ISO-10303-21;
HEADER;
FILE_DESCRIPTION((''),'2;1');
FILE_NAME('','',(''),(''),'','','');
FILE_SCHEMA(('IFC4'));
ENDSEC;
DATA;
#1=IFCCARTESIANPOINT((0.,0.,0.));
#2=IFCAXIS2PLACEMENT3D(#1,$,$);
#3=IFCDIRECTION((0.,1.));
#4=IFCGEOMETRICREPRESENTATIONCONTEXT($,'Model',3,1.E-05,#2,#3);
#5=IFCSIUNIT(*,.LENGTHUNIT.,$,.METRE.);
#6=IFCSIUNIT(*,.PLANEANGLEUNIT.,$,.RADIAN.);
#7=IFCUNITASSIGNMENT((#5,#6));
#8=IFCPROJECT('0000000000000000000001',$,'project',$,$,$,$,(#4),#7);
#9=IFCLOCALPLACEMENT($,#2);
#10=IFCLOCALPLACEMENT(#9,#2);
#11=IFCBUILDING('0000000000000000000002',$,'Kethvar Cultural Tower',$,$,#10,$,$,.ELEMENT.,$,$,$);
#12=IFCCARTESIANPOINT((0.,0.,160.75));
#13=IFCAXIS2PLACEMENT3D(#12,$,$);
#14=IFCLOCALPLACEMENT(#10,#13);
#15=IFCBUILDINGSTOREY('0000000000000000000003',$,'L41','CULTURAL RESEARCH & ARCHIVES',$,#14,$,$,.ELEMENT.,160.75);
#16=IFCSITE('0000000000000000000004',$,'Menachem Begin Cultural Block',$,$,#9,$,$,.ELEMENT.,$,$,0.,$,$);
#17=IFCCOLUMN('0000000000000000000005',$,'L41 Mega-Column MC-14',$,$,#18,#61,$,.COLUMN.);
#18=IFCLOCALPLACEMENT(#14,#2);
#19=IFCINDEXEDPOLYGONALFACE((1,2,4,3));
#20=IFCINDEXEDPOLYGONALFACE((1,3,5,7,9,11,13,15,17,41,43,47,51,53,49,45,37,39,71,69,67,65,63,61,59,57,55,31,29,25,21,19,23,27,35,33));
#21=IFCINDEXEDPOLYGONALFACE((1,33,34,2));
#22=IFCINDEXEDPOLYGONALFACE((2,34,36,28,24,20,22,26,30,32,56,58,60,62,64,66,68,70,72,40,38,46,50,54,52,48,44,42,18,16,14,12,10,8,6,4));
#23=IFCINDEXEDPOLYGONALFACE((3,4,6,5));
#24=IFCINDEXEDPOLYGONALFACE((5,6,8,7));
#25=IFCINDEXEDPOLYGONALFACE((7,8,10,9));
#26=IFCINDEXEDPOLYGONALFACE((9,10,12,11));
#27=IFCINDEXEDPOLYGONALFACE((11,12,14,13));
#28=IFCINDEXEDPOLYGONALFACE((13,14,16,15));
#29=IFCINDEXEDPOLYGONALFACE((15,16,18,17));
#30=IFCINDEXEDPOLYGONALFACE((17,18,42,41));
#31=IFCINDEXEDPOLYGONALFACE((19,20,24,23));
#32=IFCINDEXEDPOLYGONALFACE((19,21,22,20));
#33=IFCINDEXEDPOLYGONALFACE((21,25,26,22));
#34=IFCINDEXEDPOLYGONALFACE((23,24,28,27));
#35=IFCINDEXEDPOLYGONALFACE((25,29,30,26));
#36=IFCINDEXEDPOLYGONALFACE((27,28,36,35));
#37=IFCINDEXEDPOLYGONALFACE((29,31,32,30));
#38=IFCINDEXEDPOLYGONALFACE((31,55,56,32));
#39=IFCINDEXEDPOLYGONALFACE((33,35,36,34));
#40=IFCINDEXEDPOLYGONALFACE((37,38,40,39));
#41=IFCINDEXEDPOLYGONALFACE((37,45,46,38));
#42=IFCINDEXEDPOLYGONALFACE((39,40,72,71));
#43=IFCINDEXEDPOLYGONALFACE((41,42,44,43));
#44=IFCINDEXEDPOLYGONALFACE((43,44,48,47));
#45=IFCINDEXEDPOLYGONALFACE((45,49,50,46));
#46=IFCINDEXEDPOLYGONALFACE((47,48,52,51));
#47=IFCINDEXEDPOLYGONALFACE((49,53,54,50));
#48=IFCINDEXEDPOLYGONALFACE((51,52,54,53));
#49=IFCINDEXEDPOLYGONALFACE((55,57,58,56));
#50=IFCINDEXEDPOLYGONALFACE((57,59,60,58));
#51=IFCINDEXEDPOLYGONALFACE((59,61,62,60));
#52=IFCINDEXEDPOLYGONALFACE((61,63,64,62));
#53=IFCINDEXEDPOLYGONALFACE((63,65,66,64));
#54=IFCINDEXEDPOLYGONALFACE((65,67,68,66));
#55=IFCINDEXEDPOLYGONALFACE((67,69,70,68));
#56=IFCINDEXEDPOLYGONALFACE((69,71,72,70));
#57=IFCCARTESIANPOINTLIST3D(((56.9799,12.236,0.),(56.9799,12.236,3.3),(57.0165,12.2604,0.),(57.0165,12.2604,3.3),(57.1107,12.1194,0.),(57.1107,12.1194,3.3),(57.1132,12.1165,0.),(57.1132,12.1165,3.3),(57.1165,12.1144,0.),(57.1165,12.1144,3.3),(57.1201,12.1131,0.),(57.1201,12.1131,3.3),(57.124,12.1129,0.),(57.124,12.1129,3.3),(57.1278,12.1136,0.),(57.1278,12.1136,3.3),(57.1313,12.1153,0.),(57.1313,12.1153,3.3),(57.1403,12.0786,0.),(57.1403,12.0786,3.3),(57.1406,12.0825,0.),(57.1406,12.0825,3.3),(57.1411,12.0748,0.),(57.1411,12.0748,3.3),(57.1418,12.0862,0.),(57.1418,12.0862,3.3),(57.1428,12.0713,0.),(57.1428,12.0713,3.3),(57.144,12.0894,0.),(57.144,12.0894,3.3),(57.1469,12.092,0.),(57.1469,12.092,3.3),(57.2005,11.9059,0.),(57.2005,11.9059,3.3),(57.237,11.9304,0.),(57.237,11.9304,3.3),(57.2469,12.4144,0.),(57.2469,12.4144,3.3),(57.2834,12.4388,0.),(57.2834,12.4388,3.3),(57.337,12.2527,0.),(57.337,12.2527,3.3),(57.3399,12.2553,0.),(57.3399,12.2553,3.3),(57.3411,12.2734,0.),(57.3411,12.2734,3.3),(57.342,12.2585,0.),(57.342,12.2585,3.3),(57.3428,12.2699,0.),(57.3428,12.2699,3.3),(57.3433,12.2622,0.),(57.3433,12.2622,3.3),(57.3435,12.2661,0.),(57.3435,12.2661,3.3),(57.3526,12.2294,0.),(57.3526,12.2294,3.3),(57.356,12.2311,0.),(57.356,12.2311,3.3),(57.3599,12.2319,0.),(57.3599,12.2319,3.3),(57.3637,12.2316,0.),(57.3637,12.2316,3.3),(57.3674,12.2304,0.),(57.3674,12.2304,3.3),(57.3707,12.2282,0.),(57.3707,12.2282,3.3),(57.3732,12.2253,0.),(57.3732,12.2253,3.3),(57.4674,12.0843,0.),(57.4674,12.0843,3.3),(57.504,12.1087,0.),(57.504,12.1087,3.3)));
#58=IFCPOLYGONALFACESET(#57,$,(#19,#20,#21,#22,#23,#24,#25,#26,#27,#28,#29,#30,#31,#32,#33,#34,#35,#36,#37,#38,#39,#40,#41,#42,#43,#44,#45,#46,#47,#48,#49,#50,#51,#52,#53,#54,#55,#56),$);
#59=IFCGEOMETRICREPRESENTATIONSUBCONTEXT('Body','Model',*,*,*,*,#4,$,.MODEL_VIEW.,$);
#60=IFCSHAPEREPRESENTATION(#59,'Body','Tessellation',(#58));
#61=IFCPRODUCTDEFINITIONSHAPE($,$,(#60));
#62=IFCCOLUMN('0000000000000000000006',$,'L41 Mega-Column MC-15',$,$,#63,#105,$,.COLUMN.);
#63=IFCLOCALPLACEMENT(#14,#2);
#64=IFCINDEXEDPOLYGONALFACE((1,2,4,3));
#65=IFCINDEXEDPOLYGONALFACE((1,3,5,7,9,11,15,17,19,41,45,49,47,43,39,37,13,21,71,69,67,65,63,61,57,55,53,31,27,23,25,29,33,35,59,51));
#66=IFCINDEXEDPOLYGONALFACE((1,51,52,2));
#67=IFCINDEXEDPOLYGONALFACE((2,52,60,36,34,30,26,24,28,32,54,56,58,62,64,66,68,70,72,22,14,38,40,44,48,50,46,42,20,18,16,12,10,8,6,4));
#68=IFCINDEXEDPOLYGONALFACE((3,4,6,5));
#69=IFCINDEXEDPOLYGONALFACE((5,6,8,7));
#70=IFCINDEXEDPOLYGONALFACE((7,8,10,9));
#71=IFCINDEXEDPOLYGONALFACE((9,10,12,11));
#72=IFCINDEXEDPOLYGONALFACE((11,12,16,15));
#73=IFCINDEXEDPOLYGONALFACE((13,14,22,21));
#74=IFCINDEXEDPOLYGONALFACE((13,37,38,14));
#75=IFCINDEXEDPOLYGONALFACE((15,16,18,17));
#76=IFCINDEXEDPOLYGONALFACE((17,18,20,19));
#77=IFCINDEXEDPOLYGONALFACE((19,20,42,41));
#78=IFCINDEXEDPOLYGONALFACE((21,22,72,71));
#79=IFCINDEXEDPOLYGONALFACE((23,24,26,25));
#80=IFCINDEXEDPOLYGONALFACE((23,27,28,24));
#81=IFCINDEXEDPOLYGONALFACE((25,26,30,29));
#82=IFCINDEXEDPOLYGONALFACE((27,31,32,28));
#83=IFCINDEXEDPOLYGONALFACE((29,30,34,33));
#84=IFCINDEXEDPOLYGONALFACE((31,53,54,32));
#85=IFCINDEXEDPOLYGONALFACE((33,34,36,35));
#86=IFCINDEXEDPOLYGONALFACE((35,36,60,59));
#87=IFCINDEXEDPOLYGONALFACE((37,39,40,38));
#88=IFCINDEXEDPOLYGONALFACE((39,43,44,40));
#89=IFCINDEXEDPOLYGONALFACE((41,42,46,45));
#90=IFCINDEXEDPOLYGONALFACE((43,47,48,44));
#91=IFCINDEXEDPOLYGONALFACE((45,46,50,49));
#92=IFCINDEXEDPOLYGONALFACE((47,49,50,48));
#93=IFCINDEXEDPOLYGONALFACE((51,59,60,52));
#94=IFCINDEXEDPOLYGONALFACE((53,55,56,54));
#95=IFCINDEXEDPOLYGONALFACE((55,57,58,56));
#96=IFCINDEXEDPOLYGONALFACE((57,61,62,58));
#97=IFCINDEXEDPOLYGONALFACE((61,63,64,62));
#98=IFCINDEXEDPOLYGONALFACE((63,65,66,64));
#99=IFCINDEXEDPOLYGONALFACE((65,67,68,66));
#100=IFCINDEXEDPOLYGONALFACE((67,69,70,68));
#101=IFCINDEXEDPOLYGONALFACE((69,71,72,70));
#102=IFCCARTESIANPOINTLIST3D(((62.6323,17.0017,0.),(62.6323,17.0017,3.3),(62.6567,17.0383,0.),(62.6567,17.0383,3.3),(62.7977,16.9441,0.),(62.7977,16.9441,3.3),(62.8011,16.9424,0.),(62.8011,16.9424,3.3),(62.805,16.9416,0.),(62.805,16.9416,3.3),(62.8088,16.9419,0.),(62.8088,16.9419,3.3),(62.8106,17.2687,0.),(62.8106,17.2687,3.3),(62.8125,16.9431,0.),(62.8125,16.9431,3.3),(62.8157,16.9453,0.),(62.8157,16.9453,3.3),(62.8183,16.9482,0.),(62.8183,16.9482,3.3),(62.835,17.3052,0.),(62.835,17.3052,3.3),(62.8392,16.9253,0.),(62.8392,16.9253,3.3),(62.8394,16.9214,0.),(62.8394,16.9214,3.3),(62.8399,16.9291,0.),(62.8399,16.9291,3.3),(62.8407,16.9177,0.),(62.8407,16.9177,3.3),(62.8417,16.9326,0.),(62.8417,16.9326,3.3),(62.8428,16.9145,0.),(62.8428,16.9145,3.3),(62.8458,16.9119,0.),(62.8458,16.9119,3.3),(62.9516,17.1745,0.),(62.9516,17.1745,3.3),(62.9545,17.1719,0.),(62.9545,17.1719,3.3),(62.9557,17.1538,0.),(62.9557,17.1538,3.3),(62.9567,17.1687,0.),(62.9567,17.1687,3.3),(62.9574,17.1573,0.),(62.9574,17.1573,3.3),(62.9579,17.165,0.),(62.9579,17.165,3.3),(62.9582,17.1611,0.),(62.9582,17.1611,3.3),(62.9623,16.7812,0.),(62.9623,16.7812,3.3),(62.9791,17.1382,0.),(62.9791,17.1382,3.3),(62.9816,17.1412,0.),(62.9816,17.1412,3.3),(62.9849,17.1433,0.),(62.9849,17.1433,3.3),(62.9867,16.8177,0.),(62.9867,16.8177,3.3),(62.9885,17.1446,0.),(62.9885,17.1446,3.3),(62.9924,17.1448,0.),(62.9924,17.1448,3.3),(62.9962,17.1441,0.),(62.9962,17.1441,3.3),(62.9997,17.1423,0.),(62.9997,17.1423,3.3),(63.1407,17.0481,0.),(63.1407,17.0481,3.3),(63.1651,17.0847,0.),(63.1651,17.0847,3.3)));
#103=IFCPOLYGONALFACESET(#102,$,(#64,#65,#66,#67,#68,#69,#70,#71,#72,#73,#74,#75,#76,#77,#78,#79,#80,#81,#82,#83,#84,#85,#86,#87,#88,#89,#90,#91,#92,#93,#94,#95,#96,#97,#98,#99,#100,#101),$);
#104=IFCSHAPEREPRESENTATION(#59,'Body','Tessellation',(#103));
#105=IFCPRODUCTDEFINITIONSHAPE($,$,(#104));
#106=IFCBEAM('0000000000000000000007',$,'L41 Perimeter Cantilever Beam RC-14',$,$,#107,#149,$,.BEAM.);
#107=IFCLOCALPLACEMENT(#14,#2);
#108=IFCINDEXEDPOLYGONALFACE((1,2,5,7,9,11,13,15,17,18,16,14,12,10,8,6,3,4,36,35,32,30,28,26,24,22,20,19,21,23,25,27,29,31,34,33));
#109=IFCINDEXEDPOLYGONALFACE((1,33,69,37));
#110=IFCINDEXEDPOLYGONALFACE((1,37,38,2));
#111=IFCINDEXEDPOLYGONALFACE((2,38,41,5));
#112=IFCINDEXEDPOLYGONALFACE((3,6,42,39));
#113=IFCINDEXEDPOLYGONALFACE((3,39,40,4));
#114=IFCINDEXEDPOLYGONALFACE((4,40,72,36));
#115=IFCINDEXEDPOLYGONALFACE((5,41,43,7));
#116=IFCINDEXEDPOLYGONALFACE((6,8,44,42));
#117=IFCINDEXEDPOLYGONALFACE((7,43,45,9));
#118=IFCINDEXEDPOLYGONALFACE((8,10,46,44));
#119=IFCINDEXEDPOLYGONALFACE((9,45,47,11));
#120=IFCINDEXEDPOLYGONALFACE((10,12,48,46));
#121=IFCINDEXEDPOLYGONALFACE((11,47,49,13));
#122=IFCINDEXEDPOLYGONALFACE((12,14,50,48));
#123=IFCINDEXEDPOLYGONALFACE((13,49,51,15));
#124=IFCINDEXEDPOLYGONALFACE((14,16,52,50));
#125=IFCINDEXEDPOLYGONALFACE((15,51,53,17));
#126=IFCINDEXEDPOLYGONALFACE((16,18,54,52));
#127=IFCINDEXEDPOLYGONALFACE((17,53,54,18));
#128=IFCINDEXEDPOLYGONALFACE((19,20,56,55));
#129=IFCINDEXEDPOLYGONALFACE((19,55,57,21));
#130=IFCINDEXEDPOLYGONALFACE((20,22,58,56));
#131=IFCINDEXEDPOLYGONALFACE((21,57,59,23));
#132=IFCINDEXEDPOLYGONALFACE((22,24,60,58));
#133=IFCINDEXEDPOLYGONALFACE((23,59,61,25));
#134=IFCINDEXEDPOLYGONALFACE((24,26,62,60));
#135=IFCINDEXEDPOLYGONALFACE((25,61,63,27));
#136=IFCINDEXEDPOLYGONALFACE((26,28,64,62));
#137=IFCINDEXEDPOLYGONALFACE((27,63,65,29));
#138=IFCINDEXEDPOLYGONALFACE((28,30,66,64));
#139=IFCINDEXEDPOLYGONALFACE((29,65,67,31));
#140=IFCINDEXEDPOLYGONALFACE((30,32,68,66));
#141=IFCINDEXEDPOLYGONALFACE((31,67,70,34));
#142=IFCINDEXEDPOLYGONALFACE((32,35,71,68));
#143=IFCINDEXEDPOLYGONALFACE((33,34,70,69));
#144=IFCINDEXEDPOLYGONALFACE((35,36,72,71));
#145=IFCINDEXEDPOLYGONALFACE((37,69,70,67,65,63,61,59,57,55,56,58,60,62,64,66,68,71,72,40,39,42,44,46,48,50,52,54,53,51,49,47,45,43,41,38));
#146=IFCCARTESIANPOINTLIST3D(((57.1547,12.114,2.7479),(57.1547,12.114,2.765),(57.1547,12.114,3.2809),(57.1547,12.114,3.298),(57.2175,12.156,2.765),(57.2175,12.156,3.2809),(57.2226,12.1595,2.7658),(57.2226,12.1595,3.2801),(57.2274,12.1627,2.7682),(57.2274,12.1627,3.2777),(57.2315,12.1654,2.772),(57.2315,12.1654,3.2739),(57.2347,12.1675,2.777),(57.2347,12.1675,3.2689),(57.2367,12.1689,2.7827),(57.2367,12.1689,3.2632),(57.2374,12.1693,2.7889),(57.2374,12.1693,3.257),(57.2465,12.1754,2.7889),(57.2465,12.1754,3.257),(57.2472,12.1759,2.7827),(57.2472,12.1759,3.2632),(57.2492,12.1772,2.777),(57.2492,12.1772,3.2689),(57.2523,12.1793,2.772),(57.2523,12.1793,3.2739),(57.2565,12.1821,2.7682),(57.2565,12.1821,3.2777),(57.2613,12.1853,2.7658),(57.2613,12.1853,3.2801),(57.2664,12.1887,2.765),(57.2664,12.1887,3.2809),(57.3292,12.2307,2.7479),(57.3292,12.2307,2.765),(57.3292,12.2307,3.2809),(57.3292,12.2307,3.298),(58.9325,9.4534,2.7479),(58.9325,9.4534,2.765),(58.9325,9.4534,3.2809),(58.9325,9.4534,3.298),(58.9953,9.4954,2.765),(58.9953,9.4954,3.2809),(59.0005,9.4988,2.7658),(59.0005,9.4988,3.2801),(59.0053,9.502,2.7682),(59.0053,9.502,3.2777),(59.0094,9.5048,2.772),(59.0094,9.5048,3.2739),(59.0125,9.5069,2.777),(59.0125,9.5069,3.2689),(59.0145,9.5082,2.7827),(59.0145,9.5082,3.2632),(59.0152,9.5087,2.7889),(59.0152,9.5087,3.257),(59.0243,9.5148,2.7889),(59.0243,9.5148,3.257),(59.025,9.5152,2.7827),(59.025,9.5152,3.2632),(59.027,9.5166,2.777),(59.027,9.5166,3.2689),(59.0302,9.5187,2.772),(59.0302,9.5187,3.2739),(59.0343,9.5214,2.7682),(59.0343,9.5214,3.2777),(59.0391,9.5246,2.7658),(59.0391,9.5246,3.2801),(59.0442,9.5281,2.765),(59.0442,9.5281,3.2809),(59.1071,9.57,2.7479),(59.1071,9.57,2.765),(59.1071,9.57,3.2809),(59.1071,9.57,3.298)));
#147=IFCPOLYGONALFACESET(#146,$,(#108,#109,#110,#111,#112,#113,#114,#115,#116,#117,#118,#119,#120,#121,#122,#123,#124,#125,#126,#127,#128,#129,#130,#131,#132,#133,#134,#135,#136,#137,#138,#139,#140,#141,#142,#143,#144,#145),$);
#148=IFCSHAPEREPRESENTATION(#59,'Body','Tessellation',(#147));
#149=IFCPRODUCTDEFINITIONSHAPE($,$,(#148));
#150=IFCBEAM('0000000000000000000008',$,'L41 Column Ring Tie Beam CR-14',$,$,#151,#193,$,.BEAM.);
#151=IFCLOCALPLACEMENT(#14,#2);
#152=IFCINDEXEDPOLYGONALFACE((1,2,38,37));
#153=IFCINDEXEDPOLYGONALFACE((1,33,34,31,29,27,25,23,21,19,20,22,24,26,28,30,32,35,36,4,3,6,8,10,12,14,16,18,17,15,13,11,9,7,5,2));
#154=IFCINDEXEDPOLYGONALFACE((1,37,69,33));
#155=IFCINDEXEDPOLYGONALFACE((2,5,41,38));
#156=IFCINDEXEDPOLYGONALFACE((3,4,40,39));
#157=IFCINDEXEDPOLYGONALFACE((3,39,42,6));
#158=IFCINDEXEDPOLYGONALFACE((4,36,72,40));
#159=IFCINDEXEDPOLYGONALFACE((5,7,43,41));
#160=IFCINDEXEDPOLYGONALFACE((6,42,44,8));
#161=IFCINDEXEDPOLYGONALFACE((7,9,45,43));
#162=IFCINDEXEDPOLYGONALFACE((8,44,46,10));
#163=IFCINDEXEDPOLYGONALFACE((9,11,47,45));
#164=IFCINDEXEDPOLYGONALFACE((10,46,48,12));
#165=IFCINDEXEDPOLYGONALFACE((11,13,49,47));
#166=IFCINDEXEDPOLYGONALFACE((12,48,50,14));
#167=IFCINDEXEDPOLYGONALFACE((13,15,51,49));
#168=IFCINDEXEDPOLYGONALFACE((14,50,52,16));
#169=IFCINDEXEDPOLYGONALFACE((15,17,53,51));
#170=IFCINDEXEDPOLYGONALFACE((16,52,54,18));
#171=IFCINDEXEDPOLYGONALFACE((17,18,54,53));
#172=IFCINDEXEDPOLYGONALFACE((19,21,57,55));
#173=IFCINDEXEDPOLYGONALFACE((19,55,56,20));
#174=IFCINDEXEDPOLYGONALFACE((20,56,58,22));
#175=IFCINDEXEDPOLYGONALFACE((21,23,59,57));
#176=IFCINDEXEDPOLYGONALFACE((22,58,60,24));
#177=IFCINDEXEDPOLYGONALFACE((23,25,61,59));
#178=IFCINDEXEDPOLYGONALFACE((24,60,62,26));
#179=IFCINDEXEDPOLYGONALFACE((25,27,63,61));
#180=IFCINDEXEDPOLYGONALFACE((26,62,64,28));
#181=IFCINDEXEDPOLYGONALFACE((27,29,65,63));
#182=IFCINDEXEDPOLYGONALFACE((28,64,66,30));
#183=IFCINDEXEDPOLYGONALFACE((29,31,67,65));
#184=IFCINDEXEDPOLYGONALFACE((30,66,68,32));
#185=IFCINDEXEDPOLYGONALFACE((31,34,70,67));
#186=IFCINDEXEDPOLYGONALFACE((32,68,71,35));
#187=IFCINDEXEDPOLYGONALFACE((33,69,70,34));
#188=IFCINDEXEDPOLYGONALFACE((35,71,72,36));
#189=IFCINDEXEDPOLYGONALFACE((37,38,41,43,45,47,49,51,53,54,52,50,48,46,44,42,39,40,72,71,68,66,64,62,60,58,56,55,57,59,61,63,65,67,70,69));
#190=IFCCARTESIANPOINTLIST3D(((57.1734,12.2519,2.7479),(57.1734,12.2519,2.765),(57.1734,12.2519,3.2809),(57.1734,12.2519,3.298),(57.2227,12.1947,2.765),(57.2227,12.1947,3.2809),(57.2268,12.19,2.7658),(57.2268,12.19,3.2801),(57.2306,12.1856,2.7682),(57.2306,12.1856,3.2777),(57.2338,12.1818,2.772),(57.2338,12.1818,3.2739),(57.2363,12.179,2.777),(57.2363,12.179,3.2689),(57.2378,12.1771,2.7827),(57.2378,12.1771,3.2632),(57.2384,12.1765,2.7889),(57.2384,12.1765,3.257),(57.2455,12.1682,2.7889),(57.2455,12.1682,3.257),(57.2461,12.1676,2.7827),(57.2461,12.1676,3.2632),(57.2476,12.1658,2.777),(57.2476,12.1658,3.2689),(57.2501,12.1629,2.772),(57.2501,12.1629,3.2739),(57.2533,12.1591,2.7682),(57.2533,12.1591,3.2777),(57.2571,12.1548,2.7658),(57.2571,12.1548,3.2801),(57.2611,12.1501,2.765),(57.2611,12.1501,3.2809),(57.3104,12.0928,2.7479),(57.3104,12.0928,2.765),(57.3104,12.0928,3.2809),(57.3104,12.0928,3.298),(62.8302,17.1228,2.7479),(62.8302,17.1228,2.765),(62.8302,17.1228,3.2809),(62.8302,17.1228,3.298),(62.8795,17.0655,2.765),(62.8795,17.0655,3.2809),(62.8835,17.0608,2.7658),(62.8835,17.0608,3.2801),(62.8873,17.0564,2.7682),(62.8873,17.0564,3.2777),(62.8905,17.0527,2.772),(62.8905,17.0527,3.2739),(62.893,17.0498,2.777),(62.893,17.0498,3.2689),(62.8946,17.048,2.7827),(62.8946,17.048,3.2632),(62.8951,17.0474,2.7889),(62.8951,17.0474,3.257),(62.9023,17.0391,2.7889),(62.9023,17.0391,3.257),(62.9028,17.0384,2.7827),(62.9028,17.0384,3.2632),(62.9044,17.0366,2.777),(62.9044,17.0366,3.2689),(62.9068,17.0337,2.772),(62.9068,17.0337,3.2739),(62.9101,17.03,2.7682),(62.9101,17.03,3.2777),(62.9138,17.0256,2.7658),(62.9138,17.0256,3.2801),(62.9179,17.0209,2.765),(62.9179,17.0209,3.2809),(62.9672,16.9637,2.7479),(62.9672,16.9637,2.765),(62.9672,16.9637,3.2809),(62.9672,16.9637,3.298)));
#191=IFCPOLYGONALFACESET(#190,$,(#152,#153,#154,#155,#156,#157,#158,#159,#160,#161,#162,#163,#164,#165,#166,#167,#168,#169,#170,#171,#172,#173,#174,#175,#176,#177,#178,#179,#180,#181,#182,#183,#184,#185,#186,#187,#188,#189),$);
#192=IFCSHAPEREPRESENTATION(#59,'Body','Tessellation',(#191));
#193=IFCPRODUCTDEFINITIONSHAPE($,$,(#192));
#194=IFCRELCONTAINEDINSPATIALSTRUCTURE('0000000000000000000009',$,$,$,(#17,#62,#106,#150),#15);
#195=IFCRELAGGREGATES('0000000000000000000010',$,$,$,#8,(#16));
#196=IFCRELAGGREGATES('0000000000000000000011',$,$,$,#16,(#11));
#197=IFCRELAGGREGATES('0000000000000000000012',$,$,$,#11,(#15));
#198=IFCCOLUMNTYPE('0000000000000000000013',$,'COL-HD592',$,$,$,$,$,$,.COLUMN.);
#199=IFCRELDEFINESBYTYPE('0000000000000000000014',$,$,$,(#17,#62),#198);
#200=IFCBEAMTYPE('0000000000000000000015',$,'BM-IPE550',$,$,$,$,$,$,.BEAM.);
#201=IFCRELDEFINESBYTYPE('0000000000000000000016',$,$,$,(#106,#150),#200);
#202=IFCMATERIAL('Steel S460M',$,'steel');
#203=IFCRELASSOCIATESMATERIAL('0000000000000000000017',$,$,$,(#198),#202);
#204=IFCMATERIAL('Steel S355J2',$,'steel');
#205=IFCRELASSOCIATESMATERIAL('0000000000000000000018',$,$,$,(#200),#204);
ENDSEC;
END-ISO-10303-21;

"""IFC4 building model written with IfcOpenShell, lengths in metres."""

from ifc_helpers import new_model, si_unit, direction, frame, origin, origin_2d, place, context, subcontext, project, spatial, i_section, extrude, source, transform, mapped, material, material_profile, profile_set, type_object, element, save


model = new_model("IFC4")

# Units and contexts
model_context = context("Model", 3, precision=1e-05, world=origin(), true_north=direction((0.0, 1.0)))
body_context = subcontext(model_context, "Body", "Model", "MODEL_VIEW")
ifc_project = project(units=[si_unit("LENGTHUNIT", "METRE"), si_unit("PLANEANGLEUNIT", "RADIAN")], contexts=[model_context])

# Site, building, storey
site_placement = place(None, origin())
site = spatial("IfcSite", under=ifc_project, at=site_placement, Name="Menachem Begin Cultural Block", CompositionType="ELEMENT", RefElevation=0.0)
building_placement = place(site_placement, origin())
building = spatial("IfcBuilding", under=site, at=building_placement, Name="Kethvar Cultural Tower", CompositionType="ELEMENT")
storey_placement = place(building_placement, frame((0.0, 0.0, 160.75)))
storey = spatial("IfcBuildingStorey", under=building, at=storey_placement, Name="L41", Description="CULTURAL RESEARCH & ARCHIVES", CompositionType="ELEMENT", Elevation=160.75)

# Columns
ifc_material_1 = material(Name="Steel S460M", Category="steel")
ifc_material_profile_1 = material_profile(ifc_material_1, i_section(OverallWidth=0.397, OverallDepth=0.365, WebThickness=0.0281, FlangeThickness=0.0439, FilletRadius=0.0149, at=origin_2d()), Name="Steel S460M — HD400x592")
ifc_profile_set_1 = profile_set([ifc_material_profile_1], Name="Steel S460M — HD400x592")
column_type = type_object("IfcColumnType", Name="COL-HD592", PredefinedType="COLUMN", material=ifc_profile_set_1)
shared_shape_1 = source(origin(), body_context, "Body", "SweptSolid", [
    extrude(i_section(OverallWidth=0.397, OverallDepth=0.365, WebThickness=0.0281, FlangeThickness=0.0439, FilletRadius=0.0149, at=origin_2d()), origin(), (0.0, 0.0, 1.0), 3.3),
])
for number, where, z_axis, x_axis, name in (
    (1, (57.2419, 12.1724, 0.0), (0.0, 0.0, 1.0), (0.55557, -0.83147, 0.0), "L41 Mega-Column MC-14"),
    (2, (62.8987, 17.0432, 0.0), (0.0, 0.0, 1.0), (0.83147, -0.55557, 0.0), "L41 Mega-Column MC-15"),
):
    element("IfcColumn", number, at=place(storey_placement, frame(where, z_axis=z_axis, x_axis=x_axis)), inside=storey, type_object=column_type, Name=name, PredefinedType="COLUMN", context=body_context, shape_type="MappedRepresentation", body=[
        mapped(shared_shape_1, transform((0.0, 0.0, 0.0), scale=1.0)),
    ])

# Beams
ifc_material_2 = material(Name="Steel S355J2", Category="steel")
ifc_material_profile_2 = material_profile(ifc_material_2, i_section(OverallWidth=0.21, OverallDepth=0.55, WebThickness=0.011, FlangeThickness=0.0171, FilletRadius=0.0239, at=origin_2d()), Name="Steel S355J2 — IPE550")
ifc_profile_set_2 = profile_set([ifc_material_profile_2], Name="Steel S355J2 — IPE550")
beam_type_1 = type_object("IfcBeamType", Name="BM-IPE550", PredefinedType="BEAM", material=ifc_profile_set_2)
shared_shape_2 = source(origin(), body_context, "Body", "SweptSolid", [
    extrude(i_section(OverallWidth=0.21, OverallDepth=0.55, WebThickness=0.011, FlangeThickness=0.0171, FilletRadius=0.0239, at=origin_2d()), origin(), (0.0, 0.0, 1.0), 3.2),
])
beam_1_placement = place(storey_placement, frame((57.2419, 12.1724, 3.0229), z_axis=(0.55558, -0.831463, 0.0), x_axis=(0.831463, 0.55558, 0.0)))
element("IfcBeam", 3, at=beam_1_placement, inside=storey, type_object=beam_type_1, Name="L41 Perimeter Cantilever Beam RC-14", PredefinedType="BEAM", context=body_context, shape_type="MappedRepresentation", body=[
    mapped(shared_shape_2, transform((0.0, 0.0, 0.0), scale=1.0)),
])
shared_shape_3 = source(origin(), body_context, "Body", "SweptSolid", [
    extrude(i_section(OverallWidth=0.21, OverallDepth=0.55, WebThickness=0.011, FlangeThickness=0.0171, FilletRadius=0.0239, at=origin_2d()), origin(), (0.0, 0.0, 1.0), 7.4648),
])
beam_2_placement = place(storey_placement, frame((57.2419, 12.1724, 3.0229), z_axis=(0.757784, 0.652505, 0.0), x_axis=(-0.652505, 0.757784, 0.0)))
element("IfcBeam", 4, at=beam_2_placement, inside=storey, type_object=beam_type_1, Name="L41 Column Ring Tie Beam CR-14", PredefinedType="BEAM", context=body_context, shape_type="MappedRepresentation", body=[
    mapped(shared_shape_3, transform((0.0, 0.0, 0.0), scale=1.0)),
])

save(model, "model.ifc")
